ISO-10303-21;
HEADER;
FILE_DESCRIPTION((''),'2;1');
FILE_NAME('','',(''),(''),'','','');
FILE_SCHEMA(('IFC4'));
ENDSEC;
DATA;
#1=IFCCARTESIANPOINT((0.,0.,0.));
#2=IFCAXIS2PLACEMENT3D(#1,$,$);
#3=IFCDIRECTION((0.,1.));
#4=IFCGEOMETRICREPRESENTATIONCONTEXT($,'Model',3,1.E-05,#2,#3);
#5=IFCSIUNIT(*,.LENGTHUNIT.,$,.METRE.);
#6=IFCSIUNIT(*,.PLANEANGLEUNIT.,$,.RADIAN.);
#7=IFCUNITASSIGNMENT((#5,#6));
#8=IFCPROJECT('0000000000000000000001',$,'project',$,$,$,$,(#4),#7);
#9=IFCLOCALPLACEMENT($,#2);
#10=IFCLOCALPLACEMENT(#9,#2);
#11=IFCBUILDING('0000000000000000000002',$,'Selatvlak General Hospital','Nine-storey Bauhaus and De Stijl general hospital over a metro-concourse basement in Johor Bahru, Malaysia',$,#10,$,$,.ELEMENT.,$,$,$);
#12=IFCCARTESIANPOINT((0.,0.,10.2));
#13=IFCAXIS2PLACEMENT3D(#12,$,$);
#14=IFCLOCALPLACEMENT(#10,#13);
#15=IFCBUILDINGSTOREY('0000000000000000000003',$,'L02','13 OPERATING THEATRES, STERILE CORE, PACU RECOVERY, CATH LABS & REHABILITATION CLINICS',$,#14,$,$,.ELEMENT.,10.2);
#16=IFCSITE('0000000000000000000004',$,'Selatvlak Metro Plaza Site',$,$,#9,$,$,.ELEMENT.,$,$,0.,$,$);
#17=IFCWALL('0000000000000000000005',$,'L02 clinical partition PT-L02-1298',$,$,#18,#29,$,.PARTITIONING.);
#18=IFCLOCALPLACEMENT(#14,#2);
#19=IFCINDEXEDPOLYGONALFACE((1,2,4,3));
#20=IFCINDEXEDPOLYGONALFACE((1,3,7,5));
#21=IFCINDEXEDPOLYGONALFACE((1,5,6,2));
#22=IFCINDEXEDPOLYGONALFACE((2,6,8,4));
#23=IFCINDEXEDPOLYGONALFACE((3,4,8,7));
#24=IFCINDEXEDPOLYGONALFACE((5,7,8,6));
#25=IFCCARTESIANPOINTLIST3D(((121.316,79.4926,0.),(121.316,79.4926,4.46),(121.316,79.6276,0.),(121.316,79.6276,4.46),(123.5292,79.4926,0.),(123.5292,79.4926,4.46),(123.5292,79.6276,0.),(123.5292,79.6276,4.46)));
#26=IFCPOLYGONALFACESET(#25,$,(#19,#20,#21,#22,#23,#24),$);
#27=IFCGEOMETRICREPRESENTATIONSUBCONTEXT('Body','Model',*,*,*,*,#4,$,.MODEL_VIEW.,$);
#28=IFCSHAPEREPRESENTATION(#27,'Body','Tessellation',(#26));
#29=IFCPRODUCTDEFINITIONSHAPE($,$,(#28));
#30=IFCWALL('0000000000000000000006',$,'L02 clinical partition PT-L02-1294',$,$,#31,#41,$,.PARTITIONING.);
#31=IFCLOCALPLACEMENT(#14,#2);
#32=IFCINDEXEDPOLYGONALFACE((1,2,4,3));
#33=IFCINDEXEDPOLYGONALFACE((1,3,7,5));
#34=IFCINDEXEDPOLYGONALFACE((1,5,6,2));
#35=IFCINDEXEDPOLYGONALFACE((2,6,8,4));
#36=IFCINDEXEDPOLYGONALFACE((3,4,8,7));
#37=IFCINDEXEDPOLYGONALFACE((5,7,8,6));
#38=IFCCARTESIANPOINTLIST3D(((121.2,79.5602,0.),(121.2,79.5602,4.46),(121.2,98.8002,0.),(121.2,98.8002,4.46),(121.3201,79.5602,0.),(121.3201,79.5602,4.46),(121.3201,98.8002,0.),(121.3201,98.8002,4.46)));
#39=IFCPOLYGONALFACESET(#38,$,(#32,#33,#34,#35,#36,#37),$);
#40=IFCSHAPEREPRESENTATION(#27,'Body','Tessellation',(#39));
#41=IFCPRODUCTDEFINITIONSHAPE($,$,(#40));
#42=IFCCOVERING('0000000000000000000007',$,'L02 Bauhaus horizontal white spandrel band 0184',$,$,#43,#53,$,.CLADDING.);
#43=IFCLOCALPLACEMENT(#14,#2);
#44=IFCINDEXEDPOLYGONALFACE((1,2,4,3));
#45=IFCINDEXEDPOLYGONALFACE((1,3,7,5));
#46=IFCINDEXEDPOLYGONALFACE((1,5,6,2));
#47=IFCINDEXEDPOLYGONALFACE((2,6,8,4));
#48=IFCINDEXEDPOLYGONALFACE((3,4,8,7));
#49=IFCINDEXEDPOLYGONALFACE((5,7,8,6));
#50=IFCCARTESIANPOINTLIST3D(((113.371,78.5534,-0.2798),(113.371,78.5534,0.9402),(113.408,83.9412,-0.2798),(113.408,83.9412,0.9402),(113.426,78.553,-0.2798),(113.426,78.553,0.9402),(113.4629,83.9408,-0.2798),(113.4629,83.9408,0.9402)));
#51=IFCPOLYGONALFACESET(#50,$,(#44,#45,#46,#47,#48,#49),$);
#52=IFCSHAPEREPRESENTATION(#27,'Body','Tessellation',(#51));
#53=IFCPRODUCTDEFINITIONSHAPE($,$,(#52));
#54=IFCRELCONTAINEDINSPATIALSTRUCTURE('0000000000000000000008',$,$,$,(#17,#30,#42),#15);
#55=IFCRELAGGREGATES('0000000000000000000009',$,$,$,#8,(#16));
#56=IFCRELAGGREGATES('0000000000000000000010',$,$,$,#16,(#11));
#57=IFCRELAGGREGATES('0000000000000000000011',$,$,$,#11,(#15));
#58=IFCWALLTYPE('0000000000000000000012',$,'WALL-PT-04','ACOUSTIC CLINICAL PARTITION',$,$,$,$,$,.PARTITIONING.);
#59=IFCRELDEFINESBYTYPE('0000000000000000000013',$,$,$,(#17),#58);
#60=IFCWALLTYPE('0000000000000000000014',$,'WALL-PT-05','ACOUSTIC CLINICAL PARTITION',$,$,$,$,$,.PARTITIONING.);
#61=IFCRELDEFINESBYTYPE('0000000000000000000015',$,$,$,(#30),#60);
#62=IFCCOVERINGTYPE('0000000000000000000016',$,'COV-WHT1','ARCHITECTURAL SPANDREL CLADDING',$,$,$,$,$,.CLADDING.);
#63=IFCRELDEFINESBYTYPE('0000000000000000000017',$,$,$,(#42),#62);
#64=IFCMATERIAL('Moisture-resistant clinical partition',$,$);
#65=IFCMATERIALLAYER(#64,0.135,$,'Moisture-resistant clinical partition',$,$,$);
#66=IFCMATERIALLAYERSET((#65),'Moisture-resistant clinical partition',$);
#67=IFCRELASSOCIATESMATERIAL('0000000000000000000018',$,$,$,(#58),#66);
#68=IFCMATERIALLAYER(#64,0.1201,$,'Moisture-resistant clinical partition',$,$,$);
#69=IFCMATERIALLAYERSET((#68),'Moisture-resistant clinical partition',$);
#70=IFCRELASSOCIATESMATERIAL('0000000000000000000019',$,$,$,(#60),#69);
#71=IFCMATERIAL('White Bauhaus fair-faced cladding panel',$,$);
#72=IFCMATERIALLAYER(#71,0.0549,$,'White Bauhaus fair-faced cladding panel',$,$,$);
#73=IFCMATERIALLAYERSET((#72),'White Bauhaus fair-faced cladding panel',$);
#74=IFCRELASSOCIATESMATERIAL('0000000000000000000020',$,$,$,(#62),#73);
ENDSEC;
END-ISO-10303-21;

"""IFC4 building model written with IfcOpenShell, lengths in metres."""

from ifc_helpers import new_model, si_unit, direction, frame, frame_2d, origin, origin_2d, place, context, subcontext, project, spatial, rectangle, extrude, material, layer, layer_set, type_object, element, save


model = new_model("IFC4")

# Units and contexts
model_context = context("Model", 3, precision=1e-05, world=origin(), true_north=direction((0.0, 1.0)))
body_context = subcontext(model_context, "Body", "Model", "MODEL_VIEW")
ifc_project = project(units=[si_unit("LENGTHUNIT", "METRE"), si_unit("PLANEANGLEUNIT", "RADIAN")], contexts=[model_context])

# Site, building, storey
site_placement = place(None, origin())
site = spatial("IfcSite", under=ifc_project, at=site_placement, Name="Selatvlak Metro Plaza Site", CompositionType="ELEMENT", RefElevation=0.0)
building_placement = place(site_placement, origin())
building = spatial("IfcBuilding", under=site, at=building_placement, Name="Selatvlak General Hospital", Description="Nine-storey Bauhaus and De Stijl general hospital over a metro-concourse basement in Johor Bahru, Malaysia", CompositionType="ELEMENT")
storey_placement = place(building_placement, frame((0.0, 0.0, 10.2)))
storey = spatial("IfcBuildingStorey", under=building, at=storey_placement, Name="L02", Description="13 OPERATING THEATRES, STERILE CORE, PACU RECOVERY, CATH LABS & REHABILITATION CLINICS", CompositionType="ELEMENT", Elevation=10.2)

# Walls
ifc_material_1 = material(Name="Moisture-resistant clinical partition")
ifc_layer_1 = layer(ifc_material_1, 0.135, Name="Moisture-resistant clinical partition")
ifc_layer_set_1 = layer_set([ifc_layer_1], Name="Moisture-resistant clinical partition")
wall_type_1 = type_object("IfcWallType", Name="WALL-PT-04", Description="ACOUSTIC CLINICAL PARTITION", PredefinedType="PARTITIONING", material=ifc_layer_set_1)
wall_1_placement = place(storey_placement, frame((123.5291, 79.5601, 0.0), z_axis=(0.0, 0.0, 1.0), x_axis=(-1.0, 0.0, 0.0)))
element("IfcWall", 1, at=wall_1_placement, inside=storey, type_object=wall_type_1, Name="L02 clinical partition PT-L02-1298", PredefinedType="PARTITIONING", context=body_context, shape_type="SweptSolid", body=[
    extrude(rectangle(XDim=2.2131, YDim=0.135, at=frame_2d((1.1064, 0.0))), origin(), (0.0, 0.0, 1.0), 4.46),
])
ifc_layer_2 = layer(ifc_material_1, 0.1201, Name="Moisture-resistant clinical partition")
ifc_layer_set_2 = layer_set([ifc_layer_2], Name="Moisture-resistant clinical partition")
wall_type_2 = type_object("IfcWallType", Name="WALL-PT-05", Description="ACOUSTIC CLINICAL PARTITION", PredefinedType="PARTITIONING", material=ifc_layer_set_2)
wall_2_placement = place(storey_placement, frame((121.26, 79.5601, 0.0), z_axis=(0.0, 0.0, 1.0), x_axis=(0.0, 1.0, 0.0)))
element("IfcWall", 2, at=wall_2_placement, inside=storey, type_object=wall_type_2, Name="L02 clinical partition PT-L02-1294", PredefinedType="PARTITIONING", context=body_context, shape_type="SweptSolid", body=[
    extrude(rectangle(XDim=19.24, YDim=0.1201, at=frame_2d((9.6201, 0.0))), origin(), (0.0, 0.0, 1.0), 4.46),
])

# Covering
ifc_material_2 = material(Name="White Bauhaus fair-faced cladding panel")
ifc_layer_3 = layer(ifc_material_2, 0.0549, Name="White Bauhaus fair-faced cladding panel")
ifc_layer_set_3 = layer_set([ifc_layer_3], Name="White Bauhaus fair-faced cladding panel")
covering_type = type_object("IfcCoveringType", Name="COV-WHT1", Description="ARCHITECTURAL SPANDREL CLADDING", PredefinedType="CLADDING", material=ifc_layer_set_3)
covering_placement = place(storey_placement, frame((113.417, 81.2471, -0.2798), z_axis=(0.0, 0.0, 1.0), x_axis=(0.006859, 0.999976, 0.0)))
element("IfcCovering", 3, at=covering_placement, inside=storey, type_object=covering_type, Name="L02 Bauhaus horizontal white spandrel band 0184", PredefinedType="CLADDING", context=body_context, shape_type="SweptSolid", body=[
    extrude(rectangle(XDim=5.3879, YDim=0.0549, at=origin_2d()), origin(), (0.0, 0.0, 1.0), 1.22),
])

save(model, "model.ifc")
